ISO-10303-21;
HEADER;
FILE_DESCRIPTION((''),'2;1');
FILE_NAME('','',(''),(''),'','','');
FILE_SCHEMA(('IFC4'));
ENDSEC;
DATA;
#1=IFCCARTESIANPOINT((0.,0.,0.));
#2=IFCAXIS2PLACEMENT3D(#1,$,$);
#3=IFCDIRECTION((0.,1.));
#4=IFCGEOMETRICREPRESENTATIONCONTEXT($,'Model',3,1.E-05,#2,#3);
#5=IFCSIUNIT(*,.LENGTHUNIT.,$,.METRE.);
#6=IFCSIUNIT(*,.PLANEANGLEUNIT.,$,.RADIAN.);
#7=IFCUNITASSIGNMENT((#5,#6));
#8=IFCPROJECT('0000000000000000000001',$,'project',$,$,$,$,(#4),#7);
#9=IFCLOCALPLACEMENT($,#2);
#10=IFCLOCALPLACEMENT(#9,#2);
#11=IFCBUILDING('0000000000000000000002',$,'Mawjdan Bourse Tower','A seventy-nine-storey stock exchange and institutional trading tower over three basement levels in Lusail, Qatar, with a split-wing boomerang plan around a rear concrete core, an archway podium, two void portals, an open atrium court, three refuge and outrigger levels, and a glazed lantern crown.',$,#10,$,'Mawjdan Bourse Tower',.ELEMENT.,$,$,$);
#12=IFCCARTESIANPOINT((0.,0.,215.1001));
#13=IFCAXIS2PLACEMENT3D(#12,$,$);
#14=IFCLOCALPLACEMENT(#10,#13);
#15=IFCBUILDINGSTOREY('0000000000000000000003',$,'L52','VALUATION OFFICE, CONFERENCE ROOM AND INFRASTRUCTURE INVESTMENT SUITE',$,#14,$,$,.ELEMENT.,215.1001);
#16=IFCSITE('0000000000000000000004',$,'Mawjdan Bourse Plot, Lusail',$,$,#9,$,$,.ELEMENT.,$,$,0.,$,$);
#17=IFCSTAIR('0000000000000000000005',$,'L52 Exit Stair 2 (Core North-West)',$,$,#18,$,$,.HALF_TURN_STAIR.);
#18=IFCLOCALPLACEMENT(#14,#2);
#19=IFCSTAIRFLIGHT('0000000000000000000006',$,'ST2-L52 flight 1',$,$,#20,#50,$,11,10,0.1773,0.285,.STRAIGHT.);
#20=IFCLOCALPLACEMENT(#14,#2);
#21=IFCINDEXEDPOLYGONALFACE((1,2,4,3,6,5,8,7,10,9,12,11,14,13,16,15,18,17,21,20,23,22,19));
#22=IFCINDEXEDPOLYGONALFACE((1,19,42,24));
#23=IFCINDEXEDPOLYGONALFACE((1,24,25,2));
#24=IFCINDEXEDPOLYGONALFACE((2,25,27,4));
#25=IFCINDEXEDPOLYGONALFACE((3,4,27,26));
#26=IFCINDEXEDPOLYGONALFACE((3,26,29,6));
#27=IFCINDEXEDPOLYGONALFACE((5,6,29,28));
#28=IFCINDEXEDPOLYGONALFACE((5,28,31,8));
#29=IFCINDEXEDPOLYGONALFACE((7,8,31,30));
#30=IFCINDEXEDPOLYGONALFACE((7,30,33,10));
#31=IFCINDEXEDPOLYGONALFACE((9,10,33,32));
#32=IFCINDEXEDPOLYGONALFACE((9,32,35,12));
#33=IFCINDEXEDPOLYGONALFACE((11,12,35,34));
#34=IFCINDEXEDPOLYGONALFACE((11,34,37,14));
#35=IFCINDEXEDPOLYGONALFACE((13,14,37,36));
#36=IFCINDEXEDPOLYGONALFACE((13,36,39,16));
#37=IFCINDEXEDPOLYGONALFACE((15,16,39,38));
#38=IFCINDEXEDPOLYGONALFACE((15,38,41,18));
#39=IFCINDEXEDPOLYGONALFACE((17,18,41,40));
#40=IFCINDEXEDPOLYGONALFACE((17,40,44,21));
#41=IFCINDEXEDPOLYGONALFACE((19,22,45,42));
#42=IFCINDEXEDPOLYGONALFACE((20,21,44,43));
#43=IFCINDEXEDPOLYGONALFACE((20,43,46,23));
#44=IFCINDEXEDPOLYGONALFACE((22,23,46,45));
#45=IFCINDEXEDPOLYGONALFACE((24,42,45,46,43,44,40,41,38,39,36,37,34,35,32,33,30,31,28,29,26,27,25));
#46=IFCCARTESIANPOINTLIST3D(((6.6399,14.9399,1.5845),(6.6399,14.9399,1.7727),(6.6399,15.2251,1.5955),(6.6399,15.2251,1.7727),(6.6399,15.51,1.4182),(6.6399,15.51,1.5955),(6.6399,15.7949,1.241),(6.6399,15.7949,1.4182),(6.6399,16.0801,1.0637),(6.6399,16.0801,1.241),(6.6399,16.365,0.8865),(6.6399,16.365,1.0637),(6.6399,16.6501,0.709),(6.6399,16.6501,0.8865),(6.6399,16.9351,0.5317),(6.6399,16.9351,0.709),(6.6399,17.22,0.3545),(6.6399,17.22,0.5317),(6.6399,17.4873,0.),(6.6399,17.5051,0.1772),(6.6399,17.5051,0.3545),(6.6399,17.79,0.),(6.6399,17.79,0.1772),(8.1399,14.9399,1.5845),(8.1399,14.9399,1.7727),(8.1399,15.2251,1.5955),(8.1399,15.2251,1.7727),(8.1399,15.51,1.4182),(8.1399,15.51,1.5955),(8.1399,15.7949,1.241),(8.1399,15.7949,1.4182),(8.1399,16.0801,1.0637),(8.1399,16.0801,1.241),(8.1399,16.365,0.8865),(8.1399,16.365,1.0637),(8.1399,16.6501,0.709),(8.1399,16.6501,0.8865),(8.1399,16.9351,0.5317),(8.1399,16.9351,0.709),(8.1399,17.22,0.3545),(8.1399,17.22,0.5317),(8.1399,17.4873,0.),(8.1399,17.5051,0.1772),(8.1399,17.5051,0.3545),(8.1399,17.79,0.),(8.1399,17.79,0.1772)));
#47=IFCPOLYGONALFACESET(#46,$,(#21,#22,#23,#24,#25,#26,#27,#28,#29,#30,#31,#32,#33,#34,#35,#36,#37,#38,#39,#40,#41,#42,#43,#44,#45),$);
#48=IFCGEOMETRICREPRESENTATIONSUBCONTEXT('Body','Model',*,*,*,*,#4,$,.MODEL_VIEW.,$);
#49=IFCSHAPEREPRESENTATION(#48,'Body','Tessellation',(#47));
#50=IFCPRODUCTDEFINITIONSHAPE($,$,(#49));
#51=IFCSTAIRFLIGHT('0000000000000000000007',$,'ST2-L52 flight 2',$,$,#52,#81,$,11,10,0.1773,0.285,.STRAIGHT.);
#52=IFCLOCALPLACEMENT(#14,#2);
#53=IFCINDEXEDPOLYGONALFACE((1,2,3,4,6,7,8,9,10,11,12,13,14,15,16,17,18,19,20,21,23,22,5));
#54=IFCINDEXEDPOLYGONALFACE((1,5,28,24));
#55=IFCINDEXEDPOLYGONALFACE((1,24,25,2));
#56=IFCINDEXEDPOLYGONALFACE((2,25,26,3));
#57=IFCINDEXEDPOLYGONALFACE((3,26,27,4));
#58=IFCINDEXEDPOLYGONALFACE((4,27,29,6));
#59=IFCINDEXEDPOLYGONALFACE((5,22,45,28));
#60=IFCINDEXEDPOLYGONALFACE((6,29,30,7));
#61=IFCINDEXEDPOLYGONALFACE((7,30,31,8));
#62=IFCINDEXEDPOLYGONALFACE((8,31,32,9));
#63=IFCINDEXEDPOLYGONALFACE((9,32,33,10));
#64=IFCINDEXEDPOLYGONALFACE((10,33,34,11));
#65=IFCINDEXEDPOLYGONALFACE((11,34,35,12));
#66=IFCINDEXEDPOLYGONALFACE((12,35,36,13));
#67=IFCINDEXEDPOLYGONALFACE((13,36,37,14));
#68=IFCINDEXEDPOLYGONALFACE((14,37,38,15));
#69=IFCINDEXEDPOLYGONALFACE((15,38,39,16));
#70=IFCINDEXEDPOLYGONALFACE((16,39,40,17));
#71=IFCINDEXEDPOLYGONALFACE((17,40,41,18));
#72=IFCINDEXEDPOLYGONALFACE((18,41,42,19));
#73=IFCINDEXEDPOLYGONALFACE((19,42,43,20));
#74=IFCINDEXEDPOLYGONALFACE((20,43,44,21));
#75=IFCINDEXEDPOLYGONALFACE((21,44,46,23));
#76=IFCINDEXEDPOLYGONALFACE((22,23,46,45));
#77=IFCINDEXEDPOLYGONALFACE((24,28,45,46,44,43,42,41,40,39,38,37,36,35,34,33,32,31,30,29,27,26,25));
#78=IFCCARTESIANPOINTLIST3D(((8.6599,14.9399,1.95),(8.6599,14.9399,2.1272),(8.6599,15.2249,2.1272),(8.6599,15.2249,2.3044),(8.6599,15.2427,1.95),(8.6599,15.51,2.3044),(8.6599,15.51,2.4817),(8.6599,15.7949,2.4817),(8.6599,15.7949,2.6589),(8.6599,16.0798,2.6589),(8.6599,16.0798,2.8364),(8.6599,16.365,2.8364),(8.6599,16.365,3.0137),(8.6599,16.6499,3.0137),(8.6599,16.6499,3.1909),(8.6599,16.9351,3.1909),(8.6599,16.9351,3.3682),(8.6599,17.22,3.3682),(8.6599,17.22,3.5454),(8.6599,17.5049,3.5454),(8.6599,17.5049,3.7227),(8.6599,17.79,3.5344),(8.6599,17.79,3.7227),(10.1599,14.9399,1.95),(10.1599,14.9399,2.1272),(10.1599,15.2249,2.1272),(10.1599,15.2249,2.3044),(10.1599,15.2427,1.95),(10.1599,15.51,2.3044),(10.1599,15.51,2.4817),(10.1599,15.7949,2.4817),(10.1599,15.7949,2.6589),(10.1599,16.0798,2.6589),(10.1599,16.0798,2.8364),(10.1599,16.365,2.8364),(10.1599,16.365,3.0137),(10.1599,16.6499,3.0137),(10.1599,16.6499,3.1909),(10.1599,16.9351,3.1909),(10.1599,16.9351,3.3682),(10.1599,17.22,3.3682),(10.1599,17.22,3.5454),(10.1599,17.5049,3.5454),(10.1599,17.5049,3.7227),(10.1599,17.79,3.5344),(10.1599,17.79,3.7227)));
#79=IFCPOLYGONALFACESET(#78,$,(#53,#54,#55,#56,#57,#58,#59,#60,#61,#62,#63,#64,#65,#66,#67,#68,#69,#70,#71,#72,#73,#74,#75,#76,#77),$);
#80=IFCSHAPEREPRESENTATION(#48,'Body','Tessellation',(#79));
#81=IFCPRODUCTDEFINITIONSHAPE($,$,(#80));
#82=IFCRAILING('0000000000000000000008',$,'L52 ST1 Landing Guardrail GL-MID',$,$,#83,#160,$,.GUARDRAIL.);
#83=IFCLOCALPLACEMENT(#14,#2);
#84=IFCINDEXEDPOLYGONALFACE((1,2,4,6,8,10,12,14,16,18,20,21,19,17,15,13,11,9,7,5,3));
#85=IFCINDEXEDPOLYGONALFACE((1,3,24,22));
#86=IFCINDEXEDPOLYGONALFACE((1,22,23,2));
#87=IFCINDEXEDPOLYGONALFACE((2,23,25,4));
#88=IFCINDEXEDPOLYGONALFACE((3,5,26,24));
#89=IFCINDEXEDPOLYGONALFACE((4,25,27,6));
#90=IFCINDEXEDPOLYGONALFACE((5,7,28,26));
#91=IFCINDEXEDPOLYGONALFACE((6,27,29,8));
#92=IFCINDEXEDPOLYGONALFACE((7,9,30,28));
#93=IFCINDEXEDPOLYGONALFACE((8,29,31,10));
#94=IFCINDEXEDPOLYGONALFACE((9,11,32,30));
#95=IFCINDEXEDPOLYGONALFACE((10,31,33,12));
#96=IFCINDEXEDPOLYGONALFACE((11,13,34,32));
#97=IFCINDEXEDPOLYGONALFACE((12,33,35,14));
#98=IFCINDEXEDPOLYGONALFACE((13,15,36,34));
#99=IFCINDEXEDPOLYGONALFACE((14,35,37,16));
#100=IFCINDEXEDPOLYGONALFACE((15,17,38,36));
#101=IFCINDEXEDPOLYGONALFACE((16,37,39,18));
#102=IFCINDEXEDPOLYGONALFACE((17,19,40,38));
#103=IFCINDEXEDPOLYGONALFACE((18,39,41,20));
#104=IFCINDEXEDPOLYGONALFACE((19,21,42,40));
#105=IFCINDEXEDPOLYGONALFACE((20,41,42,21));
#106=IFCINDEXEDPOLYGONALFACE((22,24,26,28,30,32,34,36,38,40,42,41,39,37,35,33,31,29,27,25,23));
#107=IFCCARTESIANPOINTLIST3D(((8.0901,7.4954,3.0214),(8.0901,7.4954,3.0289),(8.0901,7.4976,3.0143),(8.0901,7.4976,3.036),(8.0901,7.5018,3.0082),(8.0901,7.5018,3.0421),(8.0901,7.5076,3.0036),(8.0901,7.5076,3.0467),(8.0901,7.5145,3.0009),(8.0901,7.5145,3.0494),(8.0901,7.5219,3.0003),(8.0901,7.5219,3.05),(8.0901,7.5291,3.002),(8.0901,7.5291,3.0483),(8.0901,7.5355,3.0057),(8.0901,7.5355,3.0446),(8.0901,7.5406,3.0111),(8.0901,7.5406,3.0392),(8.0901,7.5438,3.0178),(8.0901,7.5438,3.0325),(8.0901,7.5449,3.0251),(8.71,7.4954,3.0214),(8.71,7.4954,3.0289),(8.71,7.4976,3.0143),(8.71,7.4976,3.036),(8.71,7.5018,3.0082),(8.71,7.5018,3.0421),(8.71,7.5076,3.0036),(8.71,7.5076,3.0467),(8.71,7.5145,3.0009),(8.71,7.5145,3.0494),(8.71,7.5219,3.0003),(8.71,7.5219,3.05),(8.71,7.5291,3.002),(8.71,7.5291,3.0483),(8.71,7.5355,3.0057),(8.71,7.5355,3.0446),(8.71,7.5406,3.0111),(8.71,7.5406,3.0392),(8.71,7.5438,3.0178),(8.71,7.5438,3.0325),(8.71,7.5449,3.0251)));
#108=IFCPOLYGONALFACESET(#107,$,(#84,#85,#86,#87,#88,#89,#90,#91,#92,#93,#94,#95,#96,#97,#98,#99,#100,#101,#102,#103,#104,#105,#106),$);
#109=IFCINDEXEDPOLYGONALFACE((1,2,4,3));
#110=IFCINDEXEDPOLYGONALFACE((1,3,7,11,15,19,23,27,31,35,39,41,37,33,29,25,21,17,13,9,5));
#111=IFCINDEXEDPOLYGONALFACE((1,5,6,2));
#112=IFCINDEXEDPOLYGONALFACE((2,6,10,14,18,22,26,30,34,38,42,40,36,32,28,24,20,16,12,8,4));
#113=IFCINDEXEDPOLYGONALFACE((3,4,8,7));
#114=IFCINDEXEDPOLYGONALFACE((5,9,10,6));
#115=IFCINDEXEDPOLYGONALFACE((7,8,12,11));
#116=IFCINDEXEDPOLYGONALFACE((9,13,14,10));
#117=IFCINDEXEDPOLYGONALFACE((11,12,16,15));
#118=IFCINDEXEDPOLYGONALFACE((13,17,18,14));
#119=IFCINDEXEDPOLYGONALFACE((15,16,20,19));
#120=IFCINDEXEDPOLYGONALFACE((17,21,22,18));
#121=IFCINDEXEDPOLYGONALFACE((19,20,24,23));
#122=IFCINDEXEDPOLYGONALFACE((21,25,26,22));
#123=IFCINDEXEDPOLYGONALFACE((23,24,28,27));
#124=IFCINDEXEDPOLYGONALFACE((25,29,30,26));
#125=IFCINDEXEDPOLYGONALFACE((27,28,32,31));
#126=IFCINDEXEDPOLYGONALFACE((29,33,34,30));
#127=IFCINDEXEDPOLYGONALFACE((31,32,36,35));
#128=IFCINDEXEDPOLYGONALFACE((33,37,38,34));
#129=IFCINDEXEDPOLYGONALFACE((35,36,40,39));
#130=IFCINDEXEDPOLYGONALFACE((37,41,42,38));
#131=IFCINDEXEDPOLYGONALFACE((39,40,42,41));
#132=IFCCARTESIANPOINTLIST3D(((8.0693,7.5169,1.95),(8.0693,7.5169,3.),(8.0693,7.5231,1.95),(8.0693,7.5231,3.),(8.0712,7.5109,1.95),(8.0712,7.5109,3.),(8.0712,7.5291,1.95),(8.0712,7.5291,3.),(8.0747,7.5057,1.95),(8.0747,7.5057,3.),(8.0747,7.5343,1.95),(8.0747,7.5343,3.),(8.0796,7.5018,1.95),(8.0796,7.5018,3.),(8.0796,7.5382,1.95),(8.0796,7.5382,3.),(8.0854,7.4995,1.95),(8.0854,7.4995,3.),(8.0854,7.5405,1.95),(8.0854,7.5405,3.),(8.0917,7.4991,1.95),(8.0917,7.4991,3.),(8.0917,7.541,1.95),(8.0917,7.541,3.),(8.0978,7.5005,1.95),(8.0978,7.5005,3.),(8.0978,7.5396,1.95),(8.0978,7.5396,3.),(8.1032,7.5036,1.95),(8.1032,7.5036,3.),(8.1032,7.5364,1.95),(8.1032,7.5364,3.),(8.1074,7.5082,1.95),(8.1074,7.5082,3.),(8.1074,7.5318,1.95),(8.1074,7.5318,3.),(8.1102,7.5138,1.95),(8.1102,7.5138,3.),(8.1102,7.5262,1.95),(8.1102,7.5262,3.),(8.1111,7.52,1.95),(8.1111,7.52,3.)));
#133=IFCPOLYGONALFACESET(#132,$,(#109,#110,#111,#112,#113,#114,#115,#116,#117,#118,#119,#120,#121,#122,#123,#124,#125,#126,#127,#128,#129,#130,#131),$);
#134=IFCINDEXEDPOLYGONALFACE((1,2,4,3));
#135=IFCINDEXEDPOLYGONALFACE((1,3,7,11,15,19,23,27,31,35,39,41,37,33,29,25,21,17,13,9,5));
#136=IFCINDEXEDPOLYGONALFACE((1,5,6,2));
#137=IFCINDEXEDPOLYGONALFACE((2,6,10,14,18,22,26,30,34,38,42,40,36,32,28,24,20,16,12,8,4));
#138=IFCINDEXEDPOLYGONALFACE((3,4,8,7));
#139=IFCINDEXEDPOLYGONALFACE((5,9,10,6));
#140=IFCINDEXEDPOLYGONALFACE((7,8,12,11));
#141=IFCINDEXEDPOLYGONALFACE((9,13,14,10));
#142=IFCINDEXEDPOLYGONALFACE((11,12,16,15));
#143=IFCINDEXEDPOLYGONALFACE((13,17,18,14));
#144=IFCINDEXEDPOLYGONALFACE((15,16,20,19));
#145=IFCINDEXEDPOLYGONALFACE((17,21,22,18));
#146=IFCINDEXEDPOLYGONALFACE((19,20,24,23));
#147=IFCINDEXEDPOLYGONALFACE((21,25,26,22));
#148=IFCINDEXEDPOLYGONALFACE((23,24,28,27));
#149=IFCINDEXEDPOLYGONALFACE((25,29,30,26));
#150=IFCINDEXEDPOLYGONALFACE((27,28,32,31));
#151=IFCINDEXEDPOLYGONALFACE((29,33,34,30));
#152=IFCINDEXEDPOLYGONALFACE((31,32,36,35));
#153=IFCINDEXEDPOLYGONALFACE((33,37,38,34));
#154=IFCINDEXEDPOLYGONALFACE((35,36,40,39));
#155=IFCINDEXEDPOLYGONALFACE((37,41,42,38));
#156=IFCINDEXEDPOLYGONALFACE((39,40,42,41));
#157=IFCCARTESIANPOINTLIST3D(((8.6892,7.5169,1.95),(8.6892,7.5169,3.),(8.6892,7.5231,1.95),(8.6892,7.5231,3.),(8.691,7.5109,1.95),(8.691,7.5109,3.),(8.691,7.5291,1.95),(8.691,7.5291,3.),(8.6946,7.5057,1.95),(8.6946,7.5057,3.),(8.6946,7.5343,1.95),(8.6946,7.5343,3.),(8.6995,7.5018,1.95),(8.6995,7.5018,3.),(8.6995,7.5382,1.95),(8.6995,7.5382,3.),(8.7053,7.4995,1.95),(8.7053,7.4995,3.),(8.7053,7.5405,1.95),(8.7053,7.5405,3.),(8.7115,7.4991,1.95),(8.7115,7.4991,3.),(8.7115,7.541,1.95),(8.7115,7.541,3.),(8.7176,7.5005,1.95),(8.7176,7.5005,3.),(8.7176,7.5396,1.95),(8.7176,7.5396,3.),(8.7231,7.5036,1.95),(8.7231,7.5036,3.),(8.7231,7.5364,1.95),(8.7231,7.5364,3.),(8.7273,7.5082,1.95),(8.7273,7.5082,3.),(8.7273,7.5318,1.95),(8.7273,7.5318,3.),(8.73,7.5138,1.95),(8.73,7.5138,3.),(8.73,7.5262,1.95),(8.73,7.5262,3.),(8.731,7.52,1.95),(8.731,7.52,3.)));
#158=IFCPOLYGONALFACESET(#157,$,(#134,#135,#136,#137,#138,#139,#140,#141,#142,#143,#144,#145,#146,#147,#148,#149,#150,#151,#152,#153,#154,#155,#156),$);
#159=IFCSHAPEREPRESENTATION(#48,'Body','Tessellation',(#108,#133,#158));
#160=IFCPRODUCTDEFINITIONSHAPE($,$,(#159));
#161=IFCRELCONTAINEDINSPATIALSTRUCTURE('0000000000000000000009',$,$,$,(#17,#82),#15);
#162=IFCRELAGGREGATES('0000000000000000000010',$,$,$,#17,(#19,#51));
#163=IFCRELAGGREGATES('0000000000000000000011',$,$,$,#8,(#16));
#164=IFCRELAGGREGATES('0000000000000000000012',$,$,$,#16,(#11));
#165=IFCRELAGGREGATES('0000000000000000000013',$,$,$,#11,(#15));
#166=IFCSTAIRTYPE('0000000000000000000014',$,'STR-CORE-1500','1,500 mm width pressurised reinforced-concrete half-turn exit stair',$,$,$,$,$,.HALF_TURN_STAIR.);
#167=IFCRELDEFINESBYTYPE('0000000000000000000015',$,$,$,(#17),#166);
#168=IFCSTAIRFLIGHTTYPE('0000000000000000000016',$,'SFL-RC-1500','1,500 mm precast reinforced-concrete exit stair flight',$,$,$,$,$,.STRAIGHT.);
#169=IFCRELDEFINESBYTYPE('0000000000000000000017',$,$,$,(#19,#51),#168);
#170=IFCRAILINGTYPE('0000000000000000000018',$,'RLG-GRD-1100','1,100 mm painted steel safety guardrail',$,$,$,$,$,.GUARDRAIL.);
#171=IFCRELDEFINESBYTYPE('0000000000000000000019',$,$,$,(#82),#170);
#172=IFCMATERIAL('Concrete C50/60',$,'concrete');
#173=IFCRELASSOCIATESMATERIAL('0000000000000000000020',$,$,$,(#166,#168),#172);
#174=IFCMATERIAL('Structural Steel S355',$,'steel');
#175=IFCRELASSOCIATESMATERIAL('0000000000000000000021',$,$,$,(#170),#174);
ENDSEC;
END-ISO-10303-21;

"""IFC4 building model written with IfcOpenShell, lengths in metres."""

from ifc_helpers import new_model, si_unit, direction, frame, origin, origin_2d, place, context, subcontext, project, spatial, polyline, circle, outline, extrude, material, type_object, element, aggregate, save


model = new_model("IFC4")

# Units and contexts
model_context = context("Model", 3, precision=1e-05, world=origin(), true_north=direction((0.0, 1.0)))
body_context = subcontext(model_context, "Body", "Model", "MODEL_VIEW")
ifc_project = project(units=[si_unit("LENGTHUNIT", "METRE"), si_unit("PLANEANGLEUNIT", "RADIAN")], contexts=[model_context])

# Site, building, storey
site_placement = place(None, origin())
site = spatial("IfcSite", under=ifc_project, at=site_placement, Name="Mawjdan Bourse Plot, Lusail", CompositionType="ELEMENT", RefElevation=0.0)
building_placement = place(site_placement, origin())
building = spatial("IfcBuilding", under=site, at=building_placement, Name="Mawjdan Bourse Tower", Description="A seventy-nine-storey stock exchange and institutional trading tower over three basement levels in Lusail, Qatar, with a split-wing boomerang plan around a rear concrete core, an archway podium, two void portals, an open atrium court, three refuge and outrigger levels, and a glazed lantern crown.", LongName="Mawjdan Bourse Tower", CompositionType="ELEMENT")
storey_placement = place(building_placement, frame((0.0, 0.0, 215.1001)))
storey = spatial("IfcBuildingStorey", under=building, at=storey_placement, Name="L52", Description="VALUATION OFFICE, CONFERENCE ROOM AND INFRASTRUCTURE INVESTMENT SUITE", CompositionType="ELEMENT", Elevation=215.1001)

# Stair
ifc_material_1 = material(Name="Concrete C50/60", Category="concrete")
stair_type = type_object("IfcStairType", Name="STR-CORE-1500", Description="1,500 mm width pressurised reinforced-concrete half-turn exit stair", PredefinedType="HALF_TURN_STAIR", material=ifc_material_1)
stair_1_placement = place(storey_placement, origin())
stair_1 = element("IfcStair", 1, at=stair_1_placement, inside=storey, type_object=stair_type, Name="L52 Exit Stair 2 (Core North-West)", PredefinedType="HALF_TURN_STAIR")

# Stair flights
stair_flight_type = type_object("IfcStairFlightType", Name="SFL-RC-1500", Description="1,500 mm precast reinforced-concrete exit stair flight", PredefinedType="STRAIGHT", material=ifc_material_1)
stair_flight_1_placement = place(storey_placement, frame((7.3899, 17.79, 0.0), z_axis=(0.0, 0.0, 1.0), x_axis=(0.0, -1.0, 0.0)))
stair_flight_1 = element("IfcStairFlight", 2, at=stair_flight_1_placement, type_object=stair_flight_type, Name="ST2-L52 flight 1", NumberOfRisers=11, NumberOfTreads=10, PredefinedType="STRAIGHT", RiserHeight=0.1773, TreadLength=0.285, context=body_context, shape_type="SweptSolid", body=[
    extrude(outline(polyline([(0.0, 0.0), (0.0, 0.1772), (0.2849, 0.1772), (0.2849, 0.3545), (0.5701, 0.3545), (0.5701, 0.5317), (0.855, 0.5317), (0.855, 0.709), (1.1399, 0.709), (1.1399, 0.8865), (1.425, 0.8865), (1.425, 1.0637), (1.71, 1.0637), (1.71, 1.241), (1.9951, 1.241), (1.9951, 1.4182), (2.28, 1.4182), (2.28, 1.5955), (2.5649, 1.5955), (2.5649, 1.7727), (2.8501, 1.7727), (2.8501, 1.95), (2.8501, 1.5845), (0.3027, 0.0), (0.0, 0.0)])), frame((0.0, 0.75, 0.0), z_axis=(0.0, -1.0, 0.0), x_axis=(1.0, 0.0, 0.0)), (0.0, 0.0, 1.0), 1.5),
])
stair_flight_2_placement = place(storey_placement, frame((9.4099, 14.9399, 1.95), z_axis=(0.0, 0.0, 1.0), x_axis=(0.0, 1.0, 0.0)))
stair_flight_2 = element("IfcStairFlight", 3, at=stair_flight_2_placement, type_object=stair_flight_type, Name="ST2-L52 flight 2", NumberOfRisers=11, NumberOfTreads=10, PredefinedType="STRAIGHT", RiserHeight=0.1773, TreadLength=0.285, context=body_context, shape_type="SweptSolid", body=[
    extrude(outline(polyline([(0.0, 0.0), (0.0, 0.1772), (0.2849, 0.1772), (0.2849, 0.3545), (0.5701, 0.3545), (0.5701, 0.5317), (0.855, 0.5317), (0.855, 0.709), (1.1399, 0.709), (1.1399, 0.8865), (1.425, 0.8865), (1.425, 1.0637), (1.71, 1.0637), (1.71, 1.241), (1.9951, 1.241), (1.9951, 1.4182), (2.28, 1.4182), (2.28, 1.5955), (2.5649, 1.5955), (2.5649, 1.7727), (2.8501, 1.7727), (2.8501, 1.95), (2.8501, 1.5845), (0.3027, 0.0), (0.0, 0.0)])), frame((0.0, 0.75, 0.0), z_axis=(0.0, -1.0, 0.0), x_axis=(1.0, 0.0, 0.0)), (0.0, 0.0, 1.0), 1.5),
])
aggregate(stair_1, [stair_flight_1, stair_flight_2])

# Railing
ifc_material_2 = material(Name="Structural Steel S355", Category="steel")
railing_type_1 = type_object("IfcRailingType", Name="RLG-GRD-1100", Description="1,100 mm painted steel safety guardrail", PredefinedType="GUARDRAIL", material=ifc_material_2)
for number, where, name in (
    (4, (8.0901, 7.52, 1.95), "L52 ST1 Landing Guardrail GL-MID"),
):
    element("IfcRailing", number, at=place(storey_placement, frame(where)), inside=storey, type_object=railing_type_1, Name=name, PredefinedType="GUARDRAIL", context=body_context, shape_type="SweptSolid", body=[
        extrude(circle(Radius=0.0249, at=origin_2d()), frame((0.0, 0.0, 1.0752), z_axis=(1.0, 0.0, 0.0), x_axis=(0.0, 1.0, 0.0)), (0.0, 0.0, 1.0), 0.6199),
        extrude(circle(Radius=0.021, at=origin_2d()), origin(), (0.0, 0.0, 1.0), 1.05),
        extrude(circle(Radius=0.021, at=origin_2d()), frame((0.6199, 0.0, 0.0)), (0.0, 0.0, 1.0), 1.05),
    ])

save(model, "model.ifc")
